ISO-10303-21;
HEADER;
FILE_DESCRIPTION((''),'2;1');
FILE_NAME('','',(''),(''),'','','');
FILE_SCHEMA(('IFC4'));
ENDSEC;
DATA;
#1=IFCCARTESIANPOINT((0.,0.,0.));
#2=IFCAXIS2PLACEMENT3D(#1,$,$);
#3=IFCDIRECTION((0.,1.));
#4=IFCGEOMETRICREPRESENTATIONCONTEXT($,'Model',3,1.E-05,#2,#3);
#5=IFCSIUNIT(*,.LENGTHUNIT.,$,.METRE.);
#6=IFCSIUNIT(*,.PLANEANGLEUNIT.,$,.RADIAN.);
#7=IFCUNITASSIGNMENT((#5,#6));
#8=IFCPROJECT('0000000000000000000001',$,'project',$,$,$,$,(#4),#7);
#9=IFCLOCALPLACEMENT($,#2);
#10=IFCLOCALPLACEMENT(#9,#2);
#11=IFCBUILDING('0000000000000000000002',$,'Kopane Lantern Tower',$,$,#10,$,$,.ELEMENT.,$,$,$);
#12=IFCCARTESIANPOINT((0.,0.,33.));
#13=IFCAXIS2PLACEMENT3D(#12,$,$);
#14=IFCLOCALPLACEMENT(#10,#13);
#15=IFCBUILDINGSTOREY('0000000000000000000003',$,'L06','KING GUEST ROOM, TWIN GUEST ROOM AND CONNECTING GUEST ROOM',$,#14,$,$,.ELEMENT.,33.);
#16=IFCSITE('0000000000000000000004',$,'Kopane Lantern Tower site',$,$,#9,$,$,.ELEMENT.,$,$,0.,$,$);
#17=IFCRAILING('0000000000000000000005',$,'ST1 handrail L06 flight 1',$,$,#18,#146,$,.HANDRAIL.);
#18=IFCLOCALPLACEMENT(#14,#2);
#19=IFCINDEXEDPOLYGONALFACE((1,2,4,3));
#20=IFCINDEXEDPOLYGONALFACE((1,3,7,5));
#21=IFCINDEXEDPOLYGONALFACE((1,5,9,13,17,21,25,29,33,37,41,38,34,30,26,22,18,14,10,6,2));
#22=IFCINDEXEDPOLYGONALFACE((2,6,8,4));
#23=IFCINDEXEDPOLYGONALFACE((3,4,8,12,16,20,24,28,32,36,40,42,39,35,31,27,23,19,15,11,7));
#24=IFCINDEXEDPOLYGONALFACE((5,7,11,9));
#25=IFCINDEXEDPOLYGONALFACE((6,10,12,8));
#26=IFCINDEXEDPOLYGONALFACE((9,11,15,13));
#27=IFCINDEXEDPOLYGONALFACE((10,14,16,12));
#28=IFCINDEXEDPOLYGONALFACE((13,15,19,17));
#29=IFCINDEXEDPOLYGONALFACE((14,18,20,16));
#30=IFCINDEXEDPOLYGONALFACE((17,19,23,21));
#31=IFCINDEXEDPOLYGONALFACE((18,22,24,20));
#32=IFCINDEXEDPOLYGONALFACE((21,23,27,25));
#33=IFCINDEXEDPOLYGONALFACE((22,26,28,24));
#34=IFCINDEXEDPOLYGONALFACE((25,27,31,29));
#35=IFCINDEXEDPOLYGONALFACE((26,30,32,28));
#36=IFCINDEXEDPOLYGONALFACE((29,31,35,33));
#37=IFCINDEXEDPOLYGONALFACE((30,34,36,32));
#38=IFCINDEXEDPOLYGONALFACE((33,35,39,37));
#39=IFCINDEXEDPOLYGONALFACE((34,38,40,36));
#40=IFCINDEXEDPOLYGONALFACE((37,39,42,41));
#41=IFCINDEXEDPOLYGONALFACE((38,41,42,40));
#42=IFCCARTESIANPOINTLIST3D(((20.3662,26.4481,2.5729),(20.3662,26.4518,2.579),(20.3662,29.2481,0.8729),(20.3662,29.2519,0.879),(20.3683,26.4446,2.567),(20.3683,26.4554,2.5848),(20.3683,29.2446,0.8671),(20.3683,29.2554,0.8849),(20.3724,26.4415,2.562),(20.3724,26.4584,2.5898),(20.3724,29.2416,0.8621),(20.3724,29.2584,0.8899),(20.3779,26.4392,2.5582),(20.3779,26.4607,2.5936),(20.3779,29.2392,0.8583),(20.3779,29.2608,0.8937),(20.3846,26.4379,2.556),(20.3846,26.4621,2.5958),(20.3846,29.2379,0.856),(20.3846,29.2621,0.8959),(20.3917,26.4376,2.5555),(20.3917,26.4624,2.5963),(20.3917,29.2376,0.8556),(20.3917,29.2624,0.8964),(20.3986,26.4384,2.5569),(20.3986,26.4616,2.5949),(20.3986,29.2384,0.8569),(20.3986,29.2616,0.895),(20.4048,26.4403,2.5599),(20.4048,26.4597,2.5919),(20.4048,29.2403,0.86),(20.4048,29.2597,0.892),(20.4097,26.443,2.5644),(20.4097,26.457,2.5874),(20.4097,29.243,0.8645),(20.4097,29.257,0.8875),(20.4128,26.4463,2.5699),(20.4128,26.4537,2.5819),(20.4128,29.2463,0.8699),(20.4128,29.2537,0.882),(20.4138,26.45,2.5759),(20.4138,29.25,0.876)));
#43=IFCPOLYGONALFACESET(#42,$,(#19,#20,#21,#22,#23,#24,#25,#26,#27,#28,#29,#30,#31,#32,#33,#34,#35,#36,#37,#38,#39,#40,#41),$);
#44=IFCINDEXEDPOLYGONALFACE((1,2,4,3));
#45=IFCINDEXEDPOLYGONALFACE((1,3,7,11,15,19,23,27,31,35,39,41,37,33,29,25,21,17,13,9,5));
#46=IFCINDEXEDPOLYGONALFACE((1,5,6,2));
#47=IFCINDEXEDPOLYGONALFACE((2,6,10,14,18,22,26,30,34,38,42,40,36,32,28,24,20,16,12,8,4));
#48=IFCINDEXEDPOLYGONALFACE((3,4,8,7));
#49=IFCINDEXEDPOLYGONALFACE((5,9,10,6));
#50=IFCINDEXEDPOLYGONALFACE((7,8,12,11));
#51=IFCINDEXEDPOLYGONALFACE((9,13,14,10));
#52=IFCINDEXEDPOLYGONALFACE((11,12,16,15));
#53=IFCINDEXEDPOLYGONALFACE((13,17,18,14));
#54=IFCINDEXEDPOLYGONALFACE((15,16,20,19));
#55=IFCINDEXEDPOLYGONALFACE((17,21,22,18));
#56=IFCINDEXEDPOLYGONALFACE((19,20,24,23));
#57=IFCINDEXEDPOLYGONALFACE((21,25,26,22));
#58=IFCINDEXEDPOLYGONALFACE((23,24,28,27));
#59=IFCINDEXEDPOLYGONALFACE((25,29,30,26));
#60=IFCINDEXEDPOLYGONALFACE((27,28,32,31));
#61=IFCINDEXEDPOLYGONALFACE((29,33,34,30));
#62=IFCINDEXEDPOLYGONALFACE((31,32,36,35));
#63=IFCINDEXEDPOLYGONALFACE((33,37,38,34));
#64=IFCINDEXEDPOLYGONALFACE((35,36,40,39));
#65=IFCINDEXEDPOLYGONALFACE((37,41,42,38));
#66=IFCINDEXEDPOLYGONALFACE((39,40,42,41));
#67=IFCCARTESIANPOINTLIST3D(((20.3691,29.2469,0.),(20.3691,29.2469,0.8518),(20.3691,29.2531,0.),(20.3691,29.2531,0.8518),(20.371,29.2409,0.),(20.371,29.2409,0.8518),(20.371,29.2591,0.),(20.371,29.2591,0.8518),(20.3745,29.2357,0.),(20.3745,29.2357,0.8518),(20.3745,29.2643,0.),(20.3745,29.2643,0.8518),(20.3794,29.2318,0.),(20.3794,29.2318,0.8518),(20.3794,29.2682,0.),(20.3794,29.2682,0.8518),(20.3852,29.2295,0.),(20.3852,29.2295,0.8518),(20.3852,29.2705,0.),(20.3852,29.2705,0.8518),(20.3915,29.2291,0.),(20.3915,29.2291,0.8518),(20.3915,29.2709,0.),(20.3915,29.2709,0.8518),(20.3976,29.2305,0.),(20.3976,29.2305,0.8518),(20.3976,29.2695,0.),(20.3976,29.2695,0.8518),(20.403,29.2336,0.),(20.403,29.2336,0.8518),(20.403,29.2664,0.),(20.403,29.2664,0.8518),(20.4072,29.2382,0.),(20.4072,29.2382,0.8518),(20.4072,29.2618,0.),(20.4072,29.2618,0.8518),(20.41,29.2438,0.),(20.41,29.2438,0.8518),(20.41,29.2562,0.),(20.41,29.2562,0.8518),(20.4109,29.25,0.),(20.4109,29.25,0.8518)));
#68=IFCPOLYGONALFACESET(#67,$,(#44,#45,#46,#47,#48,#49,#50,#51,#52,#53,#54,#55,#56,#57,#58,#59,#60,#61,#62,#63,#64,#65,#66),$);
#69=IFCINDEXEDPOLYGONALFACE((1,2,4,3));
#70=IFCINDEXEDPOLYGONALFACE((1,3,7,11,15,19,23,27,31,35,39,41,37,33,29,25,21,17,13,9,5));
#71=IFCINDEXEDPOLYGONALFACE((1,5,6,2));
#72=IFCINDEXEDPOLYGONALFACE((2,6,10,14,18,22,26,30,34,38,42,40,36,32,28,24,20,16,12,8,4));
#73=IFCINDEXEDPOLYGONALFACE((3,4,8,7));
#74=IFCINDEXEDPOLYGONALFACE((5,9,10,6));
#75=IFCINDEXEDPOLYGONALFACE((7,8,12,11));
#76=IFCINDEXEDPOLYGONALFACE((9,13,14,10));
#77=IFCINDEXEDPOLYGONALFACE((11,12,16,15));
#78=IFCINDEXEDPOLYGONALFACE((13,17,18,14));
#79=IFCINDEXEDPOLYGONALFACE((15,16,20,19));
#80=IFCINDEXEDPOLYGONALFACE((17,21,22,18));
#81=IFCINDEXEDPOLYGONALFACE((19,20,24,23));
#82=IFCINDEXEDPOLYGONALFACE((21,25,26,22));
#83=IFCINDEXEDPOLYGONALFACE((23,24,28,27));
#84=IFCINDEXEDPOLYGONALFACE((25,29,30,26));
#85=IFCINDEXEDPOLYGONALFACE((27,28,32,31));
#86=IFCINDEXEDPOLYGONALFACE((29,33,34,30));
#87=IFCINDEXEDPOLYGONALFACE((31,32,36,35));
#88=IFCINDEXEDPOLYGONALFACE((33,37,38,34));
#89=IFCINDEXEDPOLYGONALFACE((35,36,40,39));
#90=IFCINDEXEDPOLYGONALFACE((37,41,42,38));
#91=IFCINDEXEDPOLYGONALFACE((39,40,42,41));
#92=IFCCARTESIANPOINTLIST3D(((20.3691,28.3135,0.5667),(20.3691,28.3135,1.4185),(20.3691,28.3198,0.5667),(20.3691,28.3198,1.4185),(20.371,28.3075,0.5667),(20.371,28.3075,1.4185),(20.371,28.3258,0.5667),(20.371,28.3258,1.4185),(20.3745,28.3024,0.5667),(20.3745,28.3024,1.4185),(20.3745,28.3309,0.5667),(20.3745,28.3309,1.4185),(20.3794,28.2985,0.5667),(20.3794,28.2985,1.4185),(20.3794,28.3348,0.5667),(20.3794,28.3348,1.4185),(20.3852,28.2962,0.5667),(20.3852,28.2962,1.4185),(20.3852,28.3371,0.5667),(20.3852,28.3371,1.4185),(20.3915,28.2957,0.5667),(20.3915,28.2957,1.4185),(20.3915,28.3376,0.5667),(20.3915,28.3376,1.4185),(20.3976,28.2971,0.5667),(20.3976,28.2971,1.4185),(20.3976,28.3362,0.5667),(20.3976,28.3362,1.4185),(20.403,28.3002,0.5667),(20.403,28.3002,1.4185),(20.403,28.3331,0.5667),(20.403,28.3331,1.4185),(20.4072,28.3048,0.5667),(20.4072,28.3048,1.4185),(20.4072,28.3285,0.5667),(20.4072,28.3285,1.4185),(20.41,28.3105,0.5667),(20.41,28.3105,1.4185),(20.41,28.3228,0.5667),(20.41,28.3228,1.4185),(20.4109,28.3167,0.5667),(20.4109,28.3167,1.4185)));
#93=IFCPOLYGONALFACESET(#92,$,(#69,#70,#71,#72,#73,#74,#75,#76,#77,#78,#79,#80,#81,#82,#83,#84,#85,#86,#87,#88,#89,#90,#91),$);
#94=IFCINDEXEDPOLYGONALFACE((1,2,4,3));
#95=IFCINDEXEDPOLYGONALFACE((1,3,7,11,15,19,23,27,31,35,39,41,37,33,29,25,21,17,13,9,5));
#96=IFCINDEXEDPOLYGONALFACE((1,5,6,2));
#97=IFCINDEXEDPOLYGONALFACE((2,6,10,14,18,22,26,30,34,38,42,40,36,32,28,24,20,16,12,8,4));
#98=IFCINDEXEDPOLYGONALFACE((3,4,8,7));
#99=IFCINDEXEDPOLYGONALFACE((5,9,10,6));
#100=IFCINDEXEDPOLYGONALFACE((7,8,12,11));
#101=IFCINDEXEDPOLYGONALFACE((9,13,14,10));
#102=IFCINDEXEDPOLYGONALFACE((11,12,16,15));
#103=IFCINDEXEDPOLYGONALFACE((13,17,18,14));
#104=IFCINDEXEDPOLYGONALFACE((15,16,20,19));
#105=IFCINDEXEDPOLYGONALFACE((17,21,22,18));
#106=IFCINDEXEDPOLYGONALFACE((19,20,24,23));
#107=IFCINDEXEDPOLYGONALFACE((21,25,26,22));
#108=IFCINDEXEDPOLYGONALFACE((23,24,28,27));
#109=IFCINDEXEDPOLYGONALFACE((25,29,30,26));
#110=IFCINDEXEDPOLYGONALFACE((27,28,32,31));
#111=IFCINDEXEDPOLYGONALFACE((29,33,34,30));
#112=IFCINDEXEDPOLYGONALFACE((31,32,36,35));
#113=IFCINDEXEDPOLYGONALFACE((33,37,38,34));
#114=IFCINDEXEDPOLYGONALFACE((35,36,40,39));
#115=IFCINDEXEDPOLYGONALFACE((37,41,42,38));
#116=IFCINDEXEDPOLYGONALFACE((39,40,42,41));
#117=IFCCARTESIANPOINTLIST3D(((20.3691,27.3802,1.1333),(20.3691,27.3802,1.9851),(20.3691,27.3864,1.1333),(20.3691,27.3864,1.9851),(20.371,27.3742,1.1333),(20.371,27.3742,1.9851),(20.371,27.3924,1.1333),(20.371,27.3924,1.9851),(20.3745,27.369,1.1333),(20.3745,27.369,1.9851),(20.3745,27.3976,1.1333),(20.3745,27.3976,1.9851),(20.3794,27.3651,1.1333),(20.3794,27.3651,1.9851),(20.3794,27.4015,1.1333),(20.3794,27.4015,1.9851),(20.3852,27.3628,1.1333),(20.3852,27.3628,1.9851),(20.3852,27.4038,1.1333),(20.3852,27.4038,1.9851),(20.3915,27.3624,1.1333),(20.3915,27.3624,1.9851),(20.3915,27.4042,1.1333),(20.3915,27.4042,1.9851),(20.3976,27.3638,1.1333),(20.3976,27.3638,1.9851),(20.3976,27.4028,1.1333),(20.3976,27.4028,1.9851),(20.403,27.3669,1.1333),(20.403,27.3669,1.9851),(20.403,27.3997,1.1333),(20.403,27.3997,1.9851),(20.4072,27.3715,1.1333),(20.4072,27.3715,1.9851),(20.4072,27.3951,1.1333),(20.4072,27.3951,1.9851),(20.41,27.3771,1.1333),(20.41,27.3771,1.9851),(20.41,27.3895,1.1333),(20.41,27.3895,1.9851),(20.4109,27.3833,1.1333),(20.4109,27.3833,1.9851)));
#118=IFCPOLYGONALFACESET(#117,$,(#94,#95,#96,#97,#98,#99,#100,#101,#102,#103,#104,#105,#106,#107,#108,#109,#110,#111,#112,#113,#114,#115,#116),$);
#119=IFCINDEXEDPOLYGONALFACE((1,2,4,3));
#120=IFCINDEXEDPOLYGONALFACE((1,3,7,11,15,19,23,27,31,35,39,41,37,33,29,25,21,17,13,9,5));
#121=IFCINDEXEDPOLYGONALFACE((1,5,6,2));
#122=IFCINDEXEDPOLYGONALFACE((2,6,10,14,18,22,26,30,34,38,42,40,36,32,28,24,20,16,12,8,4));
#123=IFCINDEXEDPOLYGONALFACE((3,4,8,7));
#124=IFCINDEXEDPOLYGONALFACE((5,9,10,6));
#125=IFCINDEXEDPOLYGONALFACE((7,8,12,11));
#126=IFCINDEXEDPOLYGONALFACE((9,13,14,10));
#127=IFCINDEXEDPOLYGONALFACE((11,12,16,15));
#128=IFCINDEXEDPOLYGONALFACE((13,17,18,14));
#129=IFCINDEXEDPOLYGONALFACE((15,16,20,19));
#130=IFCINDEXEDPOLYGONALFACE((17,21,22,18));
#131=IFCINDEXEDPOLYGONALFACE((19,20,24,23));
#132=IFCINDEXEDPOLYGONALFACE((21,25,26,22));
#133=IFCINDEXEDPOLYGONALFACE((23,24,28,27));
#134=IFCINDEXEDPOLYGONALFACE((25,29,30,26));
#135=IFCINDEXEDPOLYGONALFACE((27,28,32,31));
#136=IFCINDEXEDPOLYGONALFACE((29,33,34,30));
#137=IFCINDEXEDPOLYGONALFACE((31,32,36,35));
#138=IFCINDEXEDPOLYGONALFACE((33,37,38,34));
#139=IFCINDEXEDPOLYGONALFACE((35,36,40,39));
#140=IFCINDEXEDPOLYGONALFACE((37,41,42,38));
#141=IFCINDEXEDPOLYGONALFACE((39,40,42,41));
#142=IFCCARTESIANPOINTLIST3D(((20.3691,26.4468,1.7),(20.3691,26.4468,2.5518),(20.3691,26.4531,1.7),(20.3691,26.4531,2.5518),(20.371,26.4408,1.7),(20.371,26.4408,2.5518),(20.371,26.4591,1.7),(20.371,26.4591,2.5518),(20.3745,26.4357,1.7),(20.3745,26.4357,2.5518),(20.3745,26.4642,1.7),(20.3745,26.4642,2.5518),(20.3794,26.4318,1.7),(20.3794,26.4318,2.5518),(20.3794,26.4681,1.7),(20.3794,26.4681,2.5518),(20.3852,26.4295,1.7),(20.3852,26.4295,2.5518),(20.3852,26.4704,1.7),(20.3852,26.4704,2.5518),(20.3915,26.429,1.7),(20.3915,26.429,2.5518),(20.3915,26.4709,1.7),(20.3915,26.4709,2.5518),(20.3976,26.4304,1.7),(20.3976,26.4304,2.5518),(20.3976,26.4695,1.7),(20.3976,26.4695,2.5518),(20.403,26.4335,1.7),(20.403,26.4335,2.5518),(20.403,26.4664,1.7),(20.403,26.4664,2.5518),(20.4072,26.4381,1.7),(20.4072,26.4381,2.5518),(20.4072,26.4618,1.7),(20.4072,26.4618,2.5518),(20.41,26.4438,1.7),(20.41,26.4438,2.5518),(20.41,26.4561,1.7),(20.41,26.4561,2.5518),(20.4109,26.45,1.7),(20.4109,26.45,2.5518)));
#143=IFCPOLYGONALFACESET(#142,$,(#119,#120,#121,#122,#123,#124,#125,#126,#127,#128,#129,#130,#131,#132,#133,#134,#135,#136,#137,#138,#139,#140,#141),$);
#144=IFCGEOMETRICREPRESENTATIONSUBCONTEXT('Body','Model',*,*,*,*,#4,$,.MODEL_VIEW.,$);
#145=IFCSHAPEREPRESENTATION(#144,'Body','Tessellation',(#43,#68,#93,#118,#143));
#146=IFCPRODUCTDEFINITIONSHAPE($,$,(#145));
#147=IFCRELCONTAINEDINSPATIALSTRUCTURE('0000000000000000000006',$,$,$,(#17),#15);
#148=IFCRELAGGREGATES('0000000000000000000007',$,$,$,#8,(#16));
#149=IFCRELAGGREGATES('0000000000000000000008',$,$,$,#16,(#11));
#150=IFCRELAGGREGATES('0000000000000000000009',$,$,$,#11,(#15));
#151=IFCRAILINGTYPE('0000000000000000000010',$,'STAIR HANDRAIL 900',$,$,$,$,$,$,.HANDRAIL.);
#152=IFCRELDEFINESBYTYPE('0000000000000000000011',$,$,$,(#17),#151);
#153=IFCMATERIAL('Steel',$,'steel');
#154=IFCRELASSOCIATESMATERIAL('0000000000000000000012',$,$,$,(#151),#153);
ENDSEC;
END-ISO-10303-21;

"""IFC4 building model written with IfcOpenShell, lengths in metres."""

from ifc_helpers import new_model, si_unit, direction, frame, origin, origin_2d, place, context, subcontext, project, spatial, circle, extrude, material, type_object, element, save


model = new_model("IFC4")

# Units and contexts
model_context = context("Model", 3, precision=1e-05, world=origin(), true_north=direction((0.0, 1.0)))
body_context = subcontext(model_context, "Body", "Model", "MODEL_VIEW")
ifc_project = project(units=[si_unit("LENGTHUNIT", "METRE"), si_unit("PLANEANGLEUNIT", "RADIAN")], contexts=[model_context])

# Site, building, storey
site_placement = place(None, origin())
site = spatial("IfcSite", under=ifc_project, at=site_placement, Name="Kopane Lantern Tower site", CompositionType="ELEMENT", RefElevation=0.0)
building_placement = place(site_placement, origin())
building = spatial("IfcBuilding", under=site, at=building_placement, Name="Kopane Lantern Tower", CompositionType="ELEMENT")
storey_placement = place(building_placement, frame((0.0, 0.0, 33.0)))
storey = spatial("IfcBuildingStorey", under=building, at=storey_placement, Name="L06", Description="KING GUEST ROOM, TWIN GUEST ROOM AND CONNECTING GUEST ROOM", CompositionType="ELEMENT", Elevation=33.0)

# Railing
ifc_material_1 = material(Name="Steel", Category="steel")
railing_type_1 = type_object("IfcRailingType", Name="STAIR HANDRAIL 900", PredefinedType="HANDRAIL", material=ifc_material_1)
for number, where, name in (
    (1, (20.3899, 29.25, 0.0), "ST1 handrail L06 flight 1"),
):
    element("IfcRailing", number, at=place(storey_placement, frame(where)), inside=storey, type_object=railing_type_1, Name=name, PredefinedType="HANDRAIL", context=body_context, shape_type="SweptSolid", body=[
        extrude(circle(Radius=0.0239, at=origin_2d()), frame((0.0, 0.0, 0.876), z_axis=(0.0, -0.854798, 0.518961), x_axis=(1.0, 0.0, 0.0)), (0.0, 0.0, 1.0), 3.2756),
        extrude(circle(Radius=0.021, at=origin_2d()), origin(), (0.0, 0.0, 1.0), 0.8518),
        extrude(circle(Radius=0.021, at=origin_2d()), frame((0.0, -0.9333, 0.5667)), (0.0, 0.0, 1.0), 0.8518),
        extrude(circle(Radius=0.021, at=origin_2d()), frame((0.0, -1.8667, 1.1333)), (0.0, 0.0, 1.0), 0.8518),
        extrude(circle(Radius=0.021, at=origin_2d()), frame((0.0, -2.8, 1.7)), (0.0, 0.0, 1.0), 0.8518),
    ])

save(model, "model.ifc")
